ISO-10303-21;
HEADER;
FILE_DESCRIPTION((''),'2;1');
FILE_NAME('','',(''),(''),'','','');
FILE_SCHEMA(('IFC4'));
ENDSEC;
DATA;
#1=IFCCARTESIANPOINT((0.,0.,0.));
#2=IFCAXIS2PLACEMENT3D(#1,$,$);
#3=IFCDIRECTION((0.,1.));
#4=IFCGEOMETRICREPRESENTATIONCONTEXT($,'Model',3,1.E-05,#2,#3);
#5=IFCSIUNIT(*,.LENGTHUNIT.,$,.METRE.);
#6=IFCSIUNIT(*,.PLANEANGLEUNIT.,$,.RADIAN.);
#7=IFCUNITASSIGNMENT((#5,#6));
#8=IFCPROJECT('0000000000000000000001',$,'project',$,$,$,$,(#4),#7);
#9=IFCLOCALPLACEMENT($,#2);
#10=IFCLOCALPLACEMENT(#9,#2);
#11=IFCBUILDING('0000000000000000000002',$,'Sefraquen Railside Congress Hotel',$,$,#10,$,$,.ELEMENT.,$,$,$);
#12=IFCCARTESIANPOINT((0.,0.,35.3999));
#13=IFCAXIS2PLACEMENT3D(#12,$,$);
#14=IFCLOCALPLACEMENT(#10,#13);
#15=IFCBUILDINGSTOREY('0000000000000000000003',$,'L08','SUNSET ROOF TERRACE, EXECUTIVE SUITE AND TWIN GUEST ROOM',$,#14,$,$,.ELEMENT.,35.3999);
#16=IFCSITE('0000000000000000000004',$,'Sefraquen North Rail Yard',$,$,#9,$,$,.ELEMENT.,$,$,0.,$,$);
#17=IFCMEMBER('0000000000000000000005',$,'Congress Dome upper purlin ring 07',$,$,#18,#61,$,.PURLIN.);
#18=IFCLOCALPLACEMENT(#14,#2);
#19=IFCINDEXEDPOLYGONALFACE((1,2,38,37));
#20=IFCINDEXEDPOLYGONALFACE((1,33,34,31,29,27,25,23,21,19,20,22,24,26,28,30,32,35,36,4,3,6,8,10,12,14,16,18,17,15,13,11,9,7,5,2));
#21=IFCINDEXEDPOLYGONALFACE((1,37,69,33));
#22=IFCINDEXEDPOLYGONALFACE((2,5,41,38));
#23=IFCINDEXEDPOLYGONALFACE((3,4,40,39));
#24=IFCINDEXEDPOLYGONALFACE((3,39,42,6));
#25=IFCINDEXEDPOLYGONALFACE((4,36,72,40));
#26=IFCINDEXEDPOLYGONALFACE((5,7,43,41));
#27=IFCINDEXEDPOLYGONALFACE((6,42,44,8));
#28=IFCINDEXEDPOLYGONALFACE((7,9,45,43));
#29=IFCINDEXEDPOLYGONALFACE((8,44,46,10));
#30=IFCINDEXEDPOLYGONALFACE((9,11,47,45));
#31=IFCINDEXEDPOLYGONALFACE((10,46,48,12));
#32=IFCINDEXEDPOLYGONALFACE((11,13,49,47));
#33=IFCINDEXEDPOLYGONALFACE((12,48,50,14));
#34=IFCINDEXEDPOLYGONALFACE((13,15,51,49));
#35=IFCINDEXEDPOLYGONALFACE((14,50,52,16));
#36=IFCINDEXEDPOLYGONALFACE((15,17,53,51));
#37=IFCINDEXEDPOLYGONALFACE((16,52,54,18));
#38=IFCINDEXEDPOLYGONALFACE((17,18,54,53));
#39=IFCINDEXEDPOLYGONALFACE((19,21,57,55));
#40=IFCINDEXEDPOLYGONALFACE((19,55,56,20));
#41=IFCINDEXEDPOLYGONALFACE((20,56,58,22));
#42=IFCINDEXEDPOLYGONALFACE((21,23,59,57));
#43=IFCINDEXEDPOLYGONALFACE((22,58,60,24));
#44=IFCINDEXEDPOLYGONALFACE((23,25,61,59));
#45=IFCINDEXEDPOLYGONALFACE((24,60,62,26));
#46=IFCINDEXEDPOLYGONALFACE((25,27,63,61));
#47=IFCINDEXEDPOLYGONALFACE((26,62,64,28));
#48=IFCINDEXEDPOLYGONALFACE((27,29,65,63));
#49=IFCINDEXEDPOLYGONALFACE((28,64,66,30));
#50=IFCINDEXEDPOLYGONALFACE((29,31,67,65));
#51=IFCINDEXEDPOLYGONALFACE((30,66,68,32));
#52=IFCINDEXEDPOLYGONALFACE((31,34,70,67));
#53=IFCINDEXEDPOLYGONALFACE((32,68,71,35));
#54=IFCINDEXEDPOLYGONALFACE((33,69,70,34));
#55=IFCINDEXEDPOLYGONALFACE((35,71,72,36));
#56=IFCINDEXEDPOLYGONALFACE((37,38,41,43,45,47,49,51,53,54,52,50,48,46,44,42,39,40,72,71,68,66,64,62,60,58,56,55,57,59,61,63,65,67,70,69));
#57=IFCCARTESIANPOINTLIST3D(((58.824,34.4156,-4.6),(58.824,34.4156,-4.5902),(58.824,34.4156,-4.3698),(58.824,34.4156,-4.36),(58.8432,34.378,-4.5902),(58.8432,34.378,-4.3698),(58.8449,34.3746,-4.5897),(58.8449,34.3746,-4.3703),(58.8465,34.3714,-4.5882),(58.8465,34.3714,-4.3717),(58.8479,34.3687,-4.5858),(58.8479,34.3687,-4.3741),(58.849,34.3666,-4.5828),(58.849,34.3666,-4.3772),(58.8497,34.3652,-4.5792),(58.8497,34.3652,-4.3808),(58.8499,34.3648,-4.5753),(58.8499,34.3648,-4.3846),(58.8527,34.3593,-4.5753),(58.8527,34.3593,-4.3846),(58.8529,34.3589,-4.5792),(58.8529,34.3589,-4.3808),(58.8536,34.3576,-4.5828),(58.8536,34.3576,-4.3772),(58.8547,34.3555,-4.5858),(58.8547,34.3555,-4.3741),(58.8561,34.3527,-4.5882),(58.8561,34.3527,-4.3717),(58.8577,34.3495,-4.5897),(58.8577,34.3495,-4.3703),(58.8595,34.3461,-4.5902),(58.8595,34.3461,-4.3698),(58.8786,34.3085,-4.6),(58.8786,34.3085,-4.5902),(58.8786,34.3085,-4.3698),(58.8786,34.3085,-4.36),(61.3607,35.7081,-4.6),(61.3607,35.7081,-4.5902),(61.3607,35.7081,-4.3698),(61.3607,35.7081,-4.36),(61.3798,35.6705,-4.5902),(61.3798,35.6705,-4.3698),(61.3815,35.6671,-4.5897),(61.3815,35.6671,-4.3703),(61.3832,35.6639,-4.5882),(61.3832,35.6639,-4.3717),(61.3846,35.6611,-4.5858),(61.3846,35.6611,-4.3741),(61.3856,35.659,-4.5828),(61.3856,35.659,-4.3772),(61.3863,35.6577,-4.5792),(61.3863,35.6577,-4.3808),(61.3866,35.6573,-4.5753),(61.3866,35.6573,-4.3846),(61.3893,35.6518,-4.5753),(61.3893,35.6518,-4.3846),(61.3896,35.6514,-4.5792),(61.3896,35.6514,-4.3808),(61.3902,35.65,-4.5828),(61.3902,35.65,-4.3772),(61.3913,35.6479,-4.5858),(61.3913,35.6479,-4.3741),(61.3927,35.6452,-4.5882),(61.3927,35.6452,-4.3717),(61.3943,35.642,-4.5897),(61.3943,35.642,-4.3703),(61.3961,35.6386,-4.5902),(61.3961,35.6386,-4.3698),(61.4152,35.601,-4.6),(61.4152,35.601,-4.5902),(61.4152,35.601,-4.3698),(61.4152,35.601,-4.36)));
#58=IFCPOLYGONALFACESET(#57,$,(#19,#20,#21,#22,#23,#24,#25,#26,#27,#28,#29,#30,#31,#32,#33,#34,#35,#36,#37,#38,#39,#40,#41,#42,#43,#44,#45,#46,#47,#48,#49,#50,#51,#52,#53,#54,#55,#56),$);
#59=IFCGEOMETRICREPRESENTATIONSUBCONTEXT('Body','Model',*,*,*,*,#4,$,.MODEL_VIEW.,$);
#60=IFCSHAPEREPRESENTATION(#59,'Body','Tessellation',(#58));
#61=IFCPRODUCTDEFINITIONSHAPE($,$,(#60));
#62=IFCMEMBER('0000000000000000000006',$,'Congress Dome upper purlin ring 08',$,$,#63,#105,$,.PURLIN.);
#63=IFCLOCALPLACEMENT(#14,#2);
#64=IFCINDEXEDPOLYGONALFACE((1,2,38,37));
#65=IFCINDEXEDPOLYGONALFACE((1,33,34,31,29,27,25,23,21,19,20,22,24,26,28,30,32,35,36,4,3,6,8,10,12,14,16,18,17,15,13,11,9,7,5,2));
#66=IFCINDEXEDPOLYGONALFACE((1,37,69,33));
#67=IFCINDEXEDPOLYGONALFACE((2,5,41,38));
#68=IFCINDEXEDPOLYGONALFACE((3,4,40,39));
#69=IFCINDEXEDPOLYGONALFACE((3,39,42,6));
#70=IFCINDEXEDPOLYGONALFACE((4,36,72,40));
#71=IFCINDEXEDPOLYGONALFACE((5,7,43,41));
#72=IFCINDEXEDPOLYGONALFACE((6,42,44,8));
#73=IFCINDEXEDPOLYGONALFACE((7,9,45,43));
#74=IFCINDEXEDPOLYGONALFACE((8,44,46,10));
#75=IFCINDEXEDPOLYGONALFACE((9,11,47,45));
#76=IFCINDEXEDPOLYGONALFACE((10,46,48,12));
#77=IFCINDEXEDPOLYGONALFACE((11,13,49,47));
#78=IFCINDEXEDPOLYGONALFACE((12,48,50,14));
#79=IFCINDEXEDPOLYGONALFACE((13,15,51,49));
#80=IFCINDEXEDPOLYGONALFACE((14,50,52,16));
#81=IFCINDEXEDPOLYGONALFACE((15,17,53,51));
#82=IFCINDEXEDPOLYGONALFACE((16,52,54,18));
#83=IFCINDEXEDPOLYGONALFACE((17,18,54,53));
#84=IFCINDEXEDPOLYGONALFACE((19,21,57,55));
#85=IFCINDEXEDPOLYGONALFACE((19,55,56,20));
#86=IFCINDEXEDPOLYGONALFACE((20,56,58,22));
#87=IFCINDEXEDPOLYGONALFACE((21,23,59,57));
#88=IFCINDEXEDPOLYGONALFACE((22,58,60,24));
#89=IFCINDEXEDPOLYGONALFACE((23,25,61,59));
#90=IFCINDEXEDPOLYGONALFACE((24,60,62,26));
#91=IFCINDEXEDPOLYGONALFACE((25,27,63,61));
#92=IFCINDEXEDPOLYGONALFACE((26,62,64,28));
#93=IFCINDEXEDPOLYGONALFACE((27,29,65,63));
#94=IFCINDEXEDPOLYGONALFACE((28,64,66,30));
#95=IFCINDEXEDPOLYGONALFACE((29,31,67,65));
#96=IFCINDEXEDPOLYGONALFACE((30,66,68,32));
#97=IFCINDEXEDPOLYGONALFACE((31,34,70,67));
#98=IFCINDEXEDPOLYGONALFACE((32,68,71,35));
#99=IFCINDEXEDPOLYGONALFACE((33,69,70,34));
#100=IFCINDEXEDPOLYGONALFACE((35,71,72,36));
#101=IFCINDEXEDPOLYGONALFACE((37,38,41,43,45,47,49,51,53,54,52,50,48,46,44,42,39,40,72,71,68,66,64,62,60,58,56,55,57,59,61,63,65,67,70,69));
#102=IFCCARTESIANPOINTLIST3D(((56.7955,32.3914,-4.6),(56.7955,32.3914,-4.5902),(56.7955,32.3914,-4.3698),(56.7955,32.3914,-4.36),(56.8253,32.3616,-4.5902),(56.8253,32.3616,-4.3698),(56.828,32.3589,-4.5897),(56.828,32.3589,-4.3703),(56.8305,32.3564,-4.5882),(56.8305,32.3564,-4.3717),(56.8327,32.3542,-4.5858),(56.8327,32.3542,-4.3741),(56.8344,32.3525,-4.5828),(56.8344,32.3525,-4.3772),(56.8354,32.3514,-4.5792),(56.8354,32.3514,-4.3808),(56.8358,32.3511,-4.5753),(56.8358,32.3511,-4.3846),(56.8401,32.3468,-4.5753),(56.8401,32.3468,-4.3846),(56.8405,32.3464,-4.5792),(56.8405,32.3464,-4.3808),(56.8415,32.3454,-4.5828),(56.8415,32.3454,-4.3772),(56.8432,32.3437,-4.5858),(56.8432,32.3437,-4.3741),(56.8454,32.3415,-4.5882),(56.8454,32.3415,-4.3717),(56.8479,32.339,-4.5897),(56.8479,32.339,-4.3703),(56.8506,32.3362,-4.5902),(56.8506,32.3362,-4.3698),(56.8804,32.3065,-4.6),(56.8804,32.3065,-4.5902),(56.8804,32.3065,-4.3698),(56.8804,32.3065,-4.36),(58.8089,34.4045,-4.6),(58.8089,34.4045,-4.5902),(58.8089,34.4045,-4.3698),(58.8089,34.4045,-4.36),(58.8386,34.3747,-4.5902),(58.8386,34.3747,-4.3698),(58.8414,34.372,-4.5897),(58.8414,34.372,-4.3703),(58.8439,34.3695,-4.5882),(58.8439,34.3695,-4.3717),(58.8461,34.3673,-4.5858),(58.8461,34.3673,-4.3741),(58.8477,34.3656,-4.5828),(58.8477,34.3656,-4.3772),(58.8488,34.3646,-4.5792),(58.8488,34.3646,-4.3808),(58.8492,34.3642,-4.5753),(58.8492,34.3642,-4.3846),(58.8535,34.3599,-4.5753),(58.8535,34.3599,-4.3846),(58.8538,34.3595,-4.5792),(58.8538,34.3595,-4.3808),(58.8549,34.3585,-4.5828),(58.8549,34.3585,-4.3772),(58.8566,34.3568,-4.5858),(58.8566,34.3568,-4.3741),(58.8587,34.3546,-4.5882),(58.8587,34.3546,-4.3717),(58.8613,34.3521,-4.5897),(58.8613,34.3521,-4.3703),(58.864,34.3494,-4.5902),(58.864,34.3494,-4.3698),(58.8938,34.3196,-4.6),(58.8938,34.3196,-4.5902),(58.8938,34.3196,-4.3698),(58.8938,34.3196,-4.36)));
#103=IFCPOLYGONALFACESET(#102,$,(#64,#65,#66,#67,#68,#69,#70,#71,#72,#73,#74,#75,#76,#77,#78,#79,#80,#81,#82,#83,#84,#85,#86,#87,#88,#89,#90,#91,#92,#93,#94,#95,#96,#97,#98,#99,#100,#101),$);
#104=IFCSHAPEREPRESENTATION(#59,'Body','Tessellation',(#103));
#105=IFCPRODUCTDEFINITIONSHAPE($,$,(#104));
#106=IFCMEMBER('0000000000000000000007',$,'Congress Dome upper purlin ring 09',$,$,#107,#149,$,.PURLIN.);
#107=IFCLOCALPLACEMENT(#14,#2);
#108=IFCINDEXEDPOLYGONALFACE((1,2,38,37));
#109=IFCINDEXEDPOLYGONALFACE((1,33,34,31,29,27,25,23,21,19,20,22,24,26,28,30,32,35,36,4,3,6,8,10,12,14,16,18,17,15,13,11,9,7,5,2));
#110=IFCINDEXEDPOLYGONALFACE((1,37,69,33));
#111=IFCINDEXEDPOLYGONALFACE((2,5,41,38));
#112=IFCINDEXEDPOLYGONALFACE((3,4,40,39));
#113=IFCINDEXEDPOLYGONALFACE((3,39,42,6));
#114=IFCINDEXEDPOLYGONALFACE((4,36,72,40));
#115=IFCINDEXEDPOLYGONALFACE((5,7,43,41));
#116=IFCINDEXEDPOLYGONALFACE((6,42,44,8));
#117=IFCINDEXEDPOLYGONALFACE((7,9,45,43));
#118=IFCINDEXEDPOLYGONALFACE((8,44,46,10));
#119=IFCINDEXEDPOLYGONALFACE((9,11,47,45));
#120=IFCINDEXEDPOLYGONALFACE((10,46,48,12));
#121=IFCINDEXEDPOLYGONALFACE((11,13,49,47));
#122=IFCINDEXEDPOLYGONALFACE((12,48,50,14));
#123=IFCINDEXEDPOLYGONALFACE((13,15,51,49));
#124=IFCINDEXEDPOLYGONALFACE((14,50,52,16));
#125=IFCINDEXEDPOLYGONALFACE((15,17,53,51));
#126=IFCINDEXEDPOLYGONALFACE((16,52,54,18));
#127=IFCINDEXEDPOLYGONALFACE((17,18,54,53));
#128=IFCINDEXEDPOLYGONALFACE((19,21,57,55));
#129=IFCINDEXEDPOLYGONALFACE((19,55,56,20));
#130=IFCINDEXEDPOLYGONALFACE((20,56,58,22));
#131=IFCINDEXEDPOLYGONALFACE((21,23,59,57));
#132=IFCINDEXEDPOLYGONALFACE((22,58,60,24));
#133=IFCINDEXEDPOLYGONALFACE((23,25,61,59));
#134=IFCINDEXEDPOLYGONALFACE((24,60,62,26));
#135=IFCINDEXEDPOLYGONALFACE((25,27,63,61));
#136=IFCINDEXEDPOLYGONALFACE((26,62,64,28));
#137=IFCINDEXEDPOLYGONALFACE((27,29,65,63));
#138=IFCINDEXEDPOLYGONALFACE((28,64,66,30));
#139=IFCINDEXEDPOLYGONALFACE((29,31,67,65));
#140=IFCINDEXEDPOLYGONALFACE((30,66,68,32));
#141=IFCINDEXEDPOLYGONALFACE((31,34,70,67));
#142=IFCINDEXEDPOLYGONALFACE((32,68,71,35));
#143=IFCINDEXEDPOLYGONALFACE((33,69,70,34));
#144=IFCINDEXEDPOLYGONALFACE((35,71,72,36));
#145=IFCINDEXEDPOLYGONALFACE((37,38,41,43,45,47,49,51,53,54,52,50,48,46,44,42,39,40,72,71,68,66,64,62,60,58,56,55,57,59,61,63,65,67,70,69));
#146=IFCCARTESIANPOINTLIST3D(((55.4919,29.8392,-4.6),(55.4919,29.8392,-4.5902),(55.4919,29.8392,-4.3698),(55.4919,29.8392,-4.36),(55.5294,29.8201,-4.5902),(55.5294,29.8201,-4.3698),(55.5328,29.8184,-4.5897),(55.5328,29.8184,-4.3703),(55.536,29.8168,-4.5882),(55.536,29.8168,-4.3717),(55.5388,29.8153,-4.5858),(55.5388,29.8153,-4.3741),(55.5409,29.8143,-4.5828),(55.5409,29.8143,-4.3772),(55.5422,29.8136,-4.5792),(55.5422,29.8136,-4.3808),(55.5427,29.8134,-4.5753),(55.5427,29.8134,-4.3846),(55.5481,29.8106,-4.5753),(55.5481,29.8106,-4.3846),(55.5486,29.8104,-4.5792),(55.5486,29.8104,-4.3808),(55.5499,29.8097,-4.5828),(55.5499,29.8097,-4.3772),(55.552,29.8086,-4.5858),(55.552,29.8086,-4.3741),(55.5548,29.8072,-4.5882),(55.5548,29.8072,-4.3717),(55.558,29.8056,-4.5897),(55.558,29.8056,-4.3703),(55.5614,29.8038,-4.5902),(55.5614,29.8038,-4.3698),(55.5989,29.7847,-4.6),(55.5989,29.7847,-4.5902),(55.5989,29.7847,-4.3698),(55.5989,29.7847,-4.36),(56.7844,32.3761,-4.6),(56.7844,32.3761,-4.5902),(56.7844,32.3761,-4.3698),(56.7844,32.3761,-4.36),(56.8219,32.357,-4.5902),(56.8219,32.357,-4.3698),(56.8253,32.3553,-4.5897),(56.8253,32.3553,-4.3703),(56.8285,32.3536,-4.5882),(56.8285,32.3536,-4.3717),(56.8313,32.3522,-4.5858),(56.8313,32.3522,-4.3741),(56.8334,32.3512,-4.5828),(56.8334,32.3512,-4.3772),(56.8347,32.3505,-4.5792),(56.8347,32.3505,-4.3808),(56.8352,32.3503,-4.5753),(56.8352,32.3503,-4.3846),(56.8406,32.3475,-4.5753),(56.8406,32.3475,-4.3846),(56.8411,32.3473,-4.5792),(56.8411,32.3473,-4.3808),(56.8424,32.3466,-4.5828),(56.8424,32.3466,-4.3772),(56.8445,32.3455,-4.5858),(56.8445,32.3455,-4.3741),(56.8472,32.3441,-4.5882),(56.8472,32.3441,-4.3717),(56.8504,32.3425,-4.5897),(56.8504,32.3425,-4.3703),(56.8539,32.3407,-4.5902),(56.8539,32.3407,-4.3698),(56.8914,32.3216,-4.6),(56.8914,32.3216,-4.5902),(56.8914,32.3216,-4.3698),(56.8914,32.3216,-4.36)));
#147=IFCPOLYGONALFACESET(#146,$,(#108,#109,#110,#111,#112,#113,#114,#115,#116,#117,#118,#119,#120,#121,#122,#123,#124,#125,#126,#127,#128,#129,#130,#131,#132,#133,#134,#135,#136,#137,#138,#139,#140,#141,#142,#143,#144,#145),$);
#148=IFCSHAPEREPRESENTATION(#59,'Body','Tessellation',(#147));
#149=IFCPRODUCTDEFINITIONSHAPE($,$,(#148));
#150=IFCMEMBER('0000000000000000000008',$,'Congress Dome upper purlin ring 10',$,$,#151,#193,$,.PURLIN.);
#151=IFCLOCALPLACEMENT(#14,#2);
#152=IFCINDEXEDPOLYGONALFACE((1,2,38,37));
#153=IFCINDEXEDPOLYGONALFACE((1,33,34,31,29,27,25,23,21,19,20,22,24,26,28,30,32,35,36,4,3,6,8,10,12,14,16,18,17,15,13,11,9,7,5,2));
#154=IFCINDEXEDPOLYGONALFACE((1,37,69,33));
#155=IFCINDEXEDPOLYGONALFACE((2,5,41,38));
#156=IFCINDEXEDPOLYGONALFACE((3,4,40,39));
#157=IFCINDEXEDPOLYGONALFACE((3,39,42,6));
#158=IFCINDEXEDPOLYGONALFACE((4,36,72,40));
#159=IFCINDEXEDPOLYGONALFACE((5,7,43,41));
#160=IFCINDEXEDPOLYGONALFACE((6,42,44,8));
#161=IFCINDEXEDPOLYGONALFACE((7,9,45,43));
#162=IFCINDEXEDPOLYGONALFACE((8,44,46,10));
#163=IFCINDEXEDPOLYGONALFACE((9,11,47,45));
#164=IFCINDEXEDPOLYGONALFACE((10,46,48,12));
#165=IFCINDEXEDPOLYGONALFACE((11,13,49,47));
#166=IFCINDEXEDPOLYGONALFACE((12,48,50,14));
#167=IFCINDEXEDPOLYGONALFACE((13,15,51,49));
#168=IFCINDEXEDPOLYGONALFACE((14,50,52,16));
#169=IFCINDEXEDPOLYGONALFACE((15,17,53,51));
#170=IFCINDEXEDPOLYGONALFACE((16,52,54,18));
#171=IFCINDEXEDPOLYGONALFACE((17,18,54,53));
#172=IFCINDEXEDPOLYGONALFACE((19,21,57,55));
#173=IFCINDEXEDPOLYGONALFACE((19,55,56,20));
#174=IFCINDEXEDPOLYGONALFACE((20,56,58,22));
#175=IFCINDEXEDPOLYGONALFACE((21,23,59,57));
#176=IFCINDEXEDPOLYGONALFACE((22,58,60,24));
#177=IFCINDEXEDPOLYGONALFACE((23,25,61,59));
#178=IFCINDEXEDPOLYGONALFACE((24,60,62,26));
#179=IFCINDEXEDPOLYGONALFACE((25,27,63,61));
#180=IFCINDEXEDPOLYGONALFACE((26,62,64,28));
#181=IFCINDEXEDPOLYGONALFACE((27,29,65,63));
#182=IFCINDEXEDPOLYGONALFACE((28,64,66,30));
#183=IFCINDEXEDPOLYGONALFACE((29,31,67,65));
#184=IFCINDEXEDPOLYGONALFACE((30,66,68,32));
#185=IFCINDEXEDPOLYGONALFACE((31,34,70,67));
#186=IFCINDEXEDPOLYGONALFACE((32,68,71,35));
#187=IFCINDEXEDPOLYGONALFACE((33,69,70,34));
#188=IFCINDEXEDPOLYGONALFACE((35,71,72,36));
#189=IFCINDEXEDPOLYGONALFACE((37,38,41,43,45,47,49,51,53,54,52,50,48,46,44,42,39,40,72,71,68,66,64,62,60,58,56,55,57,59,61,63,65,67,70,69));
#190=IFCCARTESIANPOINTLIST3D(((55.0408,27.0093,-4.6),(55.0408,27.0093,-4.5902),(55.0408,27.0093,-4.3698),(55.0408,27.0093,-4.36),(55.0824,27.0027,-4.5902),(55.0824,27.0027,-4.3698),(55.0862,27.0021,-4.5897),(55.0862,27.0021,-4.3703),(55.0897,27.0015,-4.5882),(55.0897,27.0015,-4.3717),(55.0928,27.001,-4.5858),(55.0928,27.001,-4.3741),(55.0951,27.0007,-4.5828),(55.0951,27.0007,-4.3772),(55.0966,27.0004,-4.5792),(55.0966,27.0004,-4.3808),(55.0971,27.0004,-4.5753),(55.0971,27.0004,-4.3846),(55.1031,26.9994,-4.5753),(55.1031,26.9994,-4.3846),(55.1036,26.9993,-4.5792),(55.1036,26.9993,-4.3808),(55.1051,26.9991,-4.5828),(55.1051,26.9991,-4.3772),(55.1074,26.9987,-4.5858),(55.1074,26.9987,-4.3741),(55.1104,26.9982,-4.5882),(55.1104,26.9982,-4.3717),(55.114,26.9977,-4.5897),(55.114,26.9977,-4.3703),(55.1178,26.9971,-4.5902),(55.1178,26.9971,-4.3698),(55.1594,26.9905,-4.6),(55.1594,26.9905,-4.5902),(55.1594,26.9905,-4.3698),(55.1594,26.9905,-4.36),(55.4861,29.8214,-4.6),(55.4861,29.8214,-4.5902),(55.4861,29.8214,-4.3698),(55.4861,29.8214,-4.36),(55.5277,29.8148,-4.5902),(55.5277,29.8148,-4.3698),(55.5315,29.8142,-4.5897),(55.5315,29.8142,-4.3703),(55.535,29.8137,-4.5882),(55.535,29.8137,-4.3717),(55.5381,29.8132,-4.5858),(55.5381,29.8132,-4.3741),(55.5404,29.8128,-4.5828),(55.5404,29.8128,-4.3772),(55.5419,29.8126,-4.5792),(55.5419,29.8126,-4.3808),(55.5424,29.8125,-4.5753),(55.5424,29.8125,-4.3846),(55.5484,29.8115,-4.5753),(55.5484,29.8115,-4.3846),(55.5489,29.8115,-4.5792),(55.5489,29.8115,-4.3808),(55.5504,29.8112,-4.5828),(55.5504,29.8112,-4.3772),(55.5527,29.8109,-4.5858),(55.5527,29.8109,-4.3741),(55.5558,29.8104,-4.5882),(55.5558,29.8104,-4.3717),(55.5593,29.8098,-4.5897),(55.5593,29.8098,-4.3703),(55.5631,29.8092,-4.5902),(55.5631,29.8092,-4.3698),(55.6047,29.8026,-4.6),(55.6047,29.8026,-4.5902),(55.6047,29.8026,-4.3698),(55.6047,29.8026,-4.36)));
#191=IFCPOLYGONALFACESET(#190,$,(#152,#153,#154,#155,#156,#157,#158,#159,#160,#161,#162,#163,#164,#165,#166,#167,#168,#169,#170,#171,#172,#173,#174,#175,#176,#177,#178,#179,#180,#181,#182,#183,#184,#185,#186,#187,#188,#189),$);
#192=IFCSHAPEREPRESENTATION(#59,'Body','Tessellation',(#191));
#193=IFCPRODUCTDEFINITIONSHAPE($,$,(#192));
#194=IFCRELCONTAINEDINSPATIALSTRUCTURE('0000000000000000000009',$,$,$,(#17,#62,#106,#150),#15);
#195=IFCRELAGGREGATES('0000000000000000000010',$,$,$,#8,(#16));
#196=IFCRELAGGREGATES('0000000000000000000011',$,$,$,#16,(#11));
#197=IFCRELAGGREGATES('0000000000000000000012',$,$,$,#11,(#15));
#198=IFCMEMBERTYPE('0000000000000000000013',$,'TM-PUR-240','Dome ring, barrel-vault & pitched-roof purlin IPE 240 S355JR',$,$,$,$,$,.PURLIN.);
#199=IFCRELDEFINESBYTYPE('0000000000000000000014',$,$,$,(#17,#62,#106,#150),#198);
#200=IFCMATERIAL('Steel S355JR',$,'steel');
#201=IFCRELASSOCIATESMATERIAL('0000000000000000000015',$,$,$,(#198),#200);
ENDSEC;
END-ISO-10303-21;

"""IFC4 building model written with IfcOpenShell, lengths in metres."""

from ifc_helpers import new_model, si_unit, direction, frame, origin, origin_2d, place, context, subcontext, project, spatial, i_section, extrude, material, material_profile, profile_set, type_object, element, save


model = new_model("IFC4")

# Units and contexts
model_context = context("Model", 3, precision=1e-05, world=origin(), true_north=direction((0.0, 1.0)))
body_context = subcontext(model_context, "Body", "Model", "MODEL_VIEW")
ifc_project = project(units=[si_unit("LENGTHUNIT", "METRE"), si_unit("PLANEANGLEUNIT", "RADIAN")], contexts=[model_context])

# Site, building, storey
site_placement = place(None, origin())
site = spatial("IfcSite", under=ifc_project, at=site_placement, Name="Sefraquen North Rail Yard", CompositionType="ELEMENT", RefElevation=0.0)
building_placement = place(site_placement, origin())
building = spatial("IfcBuilding", under=site, at=building_placement, Name="Sefraquen Railside Congress Hotel", CompositionType="ELEMENT")
storey_placement = place(building_placement, frame((0.0, 0.0, 35.3999)))
storey = spatial("IfcBuildingStorey", under=building, at=storey_placement, Name="L08", Description="SUNSET ROOF TERRACE, EXECUTIVE SUITE AND TWIN GUEST ROOM", CompositionType="ELEMENT", Elevation=35.3999)

# Members
ifc_material_1 = material(Name="Steel S355JR", Category="steel")
ifc_material_profile = material_profile(ifc_material_1, i_section(OverallWidth=0.1201, OverallDepth=0.24, WebThickness=0.0061, FlangeThickness=0.0098, FilletRadius=0.0149, at=origin_2d()), Name="IPE 240")
ifc_profile_set = profile_set([ifc_material_profile], Name="Steel S355JR")
member_type = type_object("IfcMemberType", Name="TM-PUR-240", Description="Dome ring, barrel-vault & pitched-roof purlin IPE 240 S355JR", PredefinedType="PURLIN", material=ifc_profile_set)
member_1_placement = place(storey_placement, frame((61.3879, 35.6545, -4.48), z_axis=(-0.891005, -0.453993, 0.0), x_axis=(0.453993, -0.891005, 0.0)))
element("IfcMember", 1, at=member_1_placement, inside=storey, type_object=member_type, Name="Congress Dome upper purlin ring 07", PredefinedType="PURLIN", context=body_context, shape_type="SweptSolid", body=[
    extrude(i_section(OverallWidth=0.1201, OverallDepth=0.24, WebThickness=0.0061, FlangeThickness=0.0098, FilletRadius=0.0149, at=origin_2d()), origin(), (0.0, 0.0, 1.0), 2.8469),
])
for number, where, z_axis, x_axis, name in (
    (2, (58.8513, 34.3621, -4.48), (-0.70715, -0.707064, 0.0), (0.707064, -0.70715, 0.0), "Congress Dome upper purlin ring 08"),
    (3, (56.8379, 32.3489, -4.48), (-0.453958, -0.891023, 0.0), (0.891023, -0.453958, 0.0), "Congress Dome upper purlin ring 09"),
    (4, (55.5454, 29.812, -4.48), (-0.156412, -0.987692, 0.0), (0.987692, -0.156412, 0.0), "Congress Dome upper purlin ring 10"),
):
    element("IfcMember", number, at=place(storey_placement, frame(where, z_axis=z_axis, x_axis=x_axis)), inside=storey, type_object=member_type, Name=name, PredefinedType="PURLIN", context=body_context, shape_type="SweptSolid", body=[
        extrude(i_section(OverallWidth=0.1201, OverallDepth=0.24, WebThickness=0.0061, FlangeThickness=0.0098, FilletRadius=0.0149, at=origin_2d()), origin(), (0.0, 0.0, 1.0), 2.8472),
    ])

save(model, "model.ifc")
